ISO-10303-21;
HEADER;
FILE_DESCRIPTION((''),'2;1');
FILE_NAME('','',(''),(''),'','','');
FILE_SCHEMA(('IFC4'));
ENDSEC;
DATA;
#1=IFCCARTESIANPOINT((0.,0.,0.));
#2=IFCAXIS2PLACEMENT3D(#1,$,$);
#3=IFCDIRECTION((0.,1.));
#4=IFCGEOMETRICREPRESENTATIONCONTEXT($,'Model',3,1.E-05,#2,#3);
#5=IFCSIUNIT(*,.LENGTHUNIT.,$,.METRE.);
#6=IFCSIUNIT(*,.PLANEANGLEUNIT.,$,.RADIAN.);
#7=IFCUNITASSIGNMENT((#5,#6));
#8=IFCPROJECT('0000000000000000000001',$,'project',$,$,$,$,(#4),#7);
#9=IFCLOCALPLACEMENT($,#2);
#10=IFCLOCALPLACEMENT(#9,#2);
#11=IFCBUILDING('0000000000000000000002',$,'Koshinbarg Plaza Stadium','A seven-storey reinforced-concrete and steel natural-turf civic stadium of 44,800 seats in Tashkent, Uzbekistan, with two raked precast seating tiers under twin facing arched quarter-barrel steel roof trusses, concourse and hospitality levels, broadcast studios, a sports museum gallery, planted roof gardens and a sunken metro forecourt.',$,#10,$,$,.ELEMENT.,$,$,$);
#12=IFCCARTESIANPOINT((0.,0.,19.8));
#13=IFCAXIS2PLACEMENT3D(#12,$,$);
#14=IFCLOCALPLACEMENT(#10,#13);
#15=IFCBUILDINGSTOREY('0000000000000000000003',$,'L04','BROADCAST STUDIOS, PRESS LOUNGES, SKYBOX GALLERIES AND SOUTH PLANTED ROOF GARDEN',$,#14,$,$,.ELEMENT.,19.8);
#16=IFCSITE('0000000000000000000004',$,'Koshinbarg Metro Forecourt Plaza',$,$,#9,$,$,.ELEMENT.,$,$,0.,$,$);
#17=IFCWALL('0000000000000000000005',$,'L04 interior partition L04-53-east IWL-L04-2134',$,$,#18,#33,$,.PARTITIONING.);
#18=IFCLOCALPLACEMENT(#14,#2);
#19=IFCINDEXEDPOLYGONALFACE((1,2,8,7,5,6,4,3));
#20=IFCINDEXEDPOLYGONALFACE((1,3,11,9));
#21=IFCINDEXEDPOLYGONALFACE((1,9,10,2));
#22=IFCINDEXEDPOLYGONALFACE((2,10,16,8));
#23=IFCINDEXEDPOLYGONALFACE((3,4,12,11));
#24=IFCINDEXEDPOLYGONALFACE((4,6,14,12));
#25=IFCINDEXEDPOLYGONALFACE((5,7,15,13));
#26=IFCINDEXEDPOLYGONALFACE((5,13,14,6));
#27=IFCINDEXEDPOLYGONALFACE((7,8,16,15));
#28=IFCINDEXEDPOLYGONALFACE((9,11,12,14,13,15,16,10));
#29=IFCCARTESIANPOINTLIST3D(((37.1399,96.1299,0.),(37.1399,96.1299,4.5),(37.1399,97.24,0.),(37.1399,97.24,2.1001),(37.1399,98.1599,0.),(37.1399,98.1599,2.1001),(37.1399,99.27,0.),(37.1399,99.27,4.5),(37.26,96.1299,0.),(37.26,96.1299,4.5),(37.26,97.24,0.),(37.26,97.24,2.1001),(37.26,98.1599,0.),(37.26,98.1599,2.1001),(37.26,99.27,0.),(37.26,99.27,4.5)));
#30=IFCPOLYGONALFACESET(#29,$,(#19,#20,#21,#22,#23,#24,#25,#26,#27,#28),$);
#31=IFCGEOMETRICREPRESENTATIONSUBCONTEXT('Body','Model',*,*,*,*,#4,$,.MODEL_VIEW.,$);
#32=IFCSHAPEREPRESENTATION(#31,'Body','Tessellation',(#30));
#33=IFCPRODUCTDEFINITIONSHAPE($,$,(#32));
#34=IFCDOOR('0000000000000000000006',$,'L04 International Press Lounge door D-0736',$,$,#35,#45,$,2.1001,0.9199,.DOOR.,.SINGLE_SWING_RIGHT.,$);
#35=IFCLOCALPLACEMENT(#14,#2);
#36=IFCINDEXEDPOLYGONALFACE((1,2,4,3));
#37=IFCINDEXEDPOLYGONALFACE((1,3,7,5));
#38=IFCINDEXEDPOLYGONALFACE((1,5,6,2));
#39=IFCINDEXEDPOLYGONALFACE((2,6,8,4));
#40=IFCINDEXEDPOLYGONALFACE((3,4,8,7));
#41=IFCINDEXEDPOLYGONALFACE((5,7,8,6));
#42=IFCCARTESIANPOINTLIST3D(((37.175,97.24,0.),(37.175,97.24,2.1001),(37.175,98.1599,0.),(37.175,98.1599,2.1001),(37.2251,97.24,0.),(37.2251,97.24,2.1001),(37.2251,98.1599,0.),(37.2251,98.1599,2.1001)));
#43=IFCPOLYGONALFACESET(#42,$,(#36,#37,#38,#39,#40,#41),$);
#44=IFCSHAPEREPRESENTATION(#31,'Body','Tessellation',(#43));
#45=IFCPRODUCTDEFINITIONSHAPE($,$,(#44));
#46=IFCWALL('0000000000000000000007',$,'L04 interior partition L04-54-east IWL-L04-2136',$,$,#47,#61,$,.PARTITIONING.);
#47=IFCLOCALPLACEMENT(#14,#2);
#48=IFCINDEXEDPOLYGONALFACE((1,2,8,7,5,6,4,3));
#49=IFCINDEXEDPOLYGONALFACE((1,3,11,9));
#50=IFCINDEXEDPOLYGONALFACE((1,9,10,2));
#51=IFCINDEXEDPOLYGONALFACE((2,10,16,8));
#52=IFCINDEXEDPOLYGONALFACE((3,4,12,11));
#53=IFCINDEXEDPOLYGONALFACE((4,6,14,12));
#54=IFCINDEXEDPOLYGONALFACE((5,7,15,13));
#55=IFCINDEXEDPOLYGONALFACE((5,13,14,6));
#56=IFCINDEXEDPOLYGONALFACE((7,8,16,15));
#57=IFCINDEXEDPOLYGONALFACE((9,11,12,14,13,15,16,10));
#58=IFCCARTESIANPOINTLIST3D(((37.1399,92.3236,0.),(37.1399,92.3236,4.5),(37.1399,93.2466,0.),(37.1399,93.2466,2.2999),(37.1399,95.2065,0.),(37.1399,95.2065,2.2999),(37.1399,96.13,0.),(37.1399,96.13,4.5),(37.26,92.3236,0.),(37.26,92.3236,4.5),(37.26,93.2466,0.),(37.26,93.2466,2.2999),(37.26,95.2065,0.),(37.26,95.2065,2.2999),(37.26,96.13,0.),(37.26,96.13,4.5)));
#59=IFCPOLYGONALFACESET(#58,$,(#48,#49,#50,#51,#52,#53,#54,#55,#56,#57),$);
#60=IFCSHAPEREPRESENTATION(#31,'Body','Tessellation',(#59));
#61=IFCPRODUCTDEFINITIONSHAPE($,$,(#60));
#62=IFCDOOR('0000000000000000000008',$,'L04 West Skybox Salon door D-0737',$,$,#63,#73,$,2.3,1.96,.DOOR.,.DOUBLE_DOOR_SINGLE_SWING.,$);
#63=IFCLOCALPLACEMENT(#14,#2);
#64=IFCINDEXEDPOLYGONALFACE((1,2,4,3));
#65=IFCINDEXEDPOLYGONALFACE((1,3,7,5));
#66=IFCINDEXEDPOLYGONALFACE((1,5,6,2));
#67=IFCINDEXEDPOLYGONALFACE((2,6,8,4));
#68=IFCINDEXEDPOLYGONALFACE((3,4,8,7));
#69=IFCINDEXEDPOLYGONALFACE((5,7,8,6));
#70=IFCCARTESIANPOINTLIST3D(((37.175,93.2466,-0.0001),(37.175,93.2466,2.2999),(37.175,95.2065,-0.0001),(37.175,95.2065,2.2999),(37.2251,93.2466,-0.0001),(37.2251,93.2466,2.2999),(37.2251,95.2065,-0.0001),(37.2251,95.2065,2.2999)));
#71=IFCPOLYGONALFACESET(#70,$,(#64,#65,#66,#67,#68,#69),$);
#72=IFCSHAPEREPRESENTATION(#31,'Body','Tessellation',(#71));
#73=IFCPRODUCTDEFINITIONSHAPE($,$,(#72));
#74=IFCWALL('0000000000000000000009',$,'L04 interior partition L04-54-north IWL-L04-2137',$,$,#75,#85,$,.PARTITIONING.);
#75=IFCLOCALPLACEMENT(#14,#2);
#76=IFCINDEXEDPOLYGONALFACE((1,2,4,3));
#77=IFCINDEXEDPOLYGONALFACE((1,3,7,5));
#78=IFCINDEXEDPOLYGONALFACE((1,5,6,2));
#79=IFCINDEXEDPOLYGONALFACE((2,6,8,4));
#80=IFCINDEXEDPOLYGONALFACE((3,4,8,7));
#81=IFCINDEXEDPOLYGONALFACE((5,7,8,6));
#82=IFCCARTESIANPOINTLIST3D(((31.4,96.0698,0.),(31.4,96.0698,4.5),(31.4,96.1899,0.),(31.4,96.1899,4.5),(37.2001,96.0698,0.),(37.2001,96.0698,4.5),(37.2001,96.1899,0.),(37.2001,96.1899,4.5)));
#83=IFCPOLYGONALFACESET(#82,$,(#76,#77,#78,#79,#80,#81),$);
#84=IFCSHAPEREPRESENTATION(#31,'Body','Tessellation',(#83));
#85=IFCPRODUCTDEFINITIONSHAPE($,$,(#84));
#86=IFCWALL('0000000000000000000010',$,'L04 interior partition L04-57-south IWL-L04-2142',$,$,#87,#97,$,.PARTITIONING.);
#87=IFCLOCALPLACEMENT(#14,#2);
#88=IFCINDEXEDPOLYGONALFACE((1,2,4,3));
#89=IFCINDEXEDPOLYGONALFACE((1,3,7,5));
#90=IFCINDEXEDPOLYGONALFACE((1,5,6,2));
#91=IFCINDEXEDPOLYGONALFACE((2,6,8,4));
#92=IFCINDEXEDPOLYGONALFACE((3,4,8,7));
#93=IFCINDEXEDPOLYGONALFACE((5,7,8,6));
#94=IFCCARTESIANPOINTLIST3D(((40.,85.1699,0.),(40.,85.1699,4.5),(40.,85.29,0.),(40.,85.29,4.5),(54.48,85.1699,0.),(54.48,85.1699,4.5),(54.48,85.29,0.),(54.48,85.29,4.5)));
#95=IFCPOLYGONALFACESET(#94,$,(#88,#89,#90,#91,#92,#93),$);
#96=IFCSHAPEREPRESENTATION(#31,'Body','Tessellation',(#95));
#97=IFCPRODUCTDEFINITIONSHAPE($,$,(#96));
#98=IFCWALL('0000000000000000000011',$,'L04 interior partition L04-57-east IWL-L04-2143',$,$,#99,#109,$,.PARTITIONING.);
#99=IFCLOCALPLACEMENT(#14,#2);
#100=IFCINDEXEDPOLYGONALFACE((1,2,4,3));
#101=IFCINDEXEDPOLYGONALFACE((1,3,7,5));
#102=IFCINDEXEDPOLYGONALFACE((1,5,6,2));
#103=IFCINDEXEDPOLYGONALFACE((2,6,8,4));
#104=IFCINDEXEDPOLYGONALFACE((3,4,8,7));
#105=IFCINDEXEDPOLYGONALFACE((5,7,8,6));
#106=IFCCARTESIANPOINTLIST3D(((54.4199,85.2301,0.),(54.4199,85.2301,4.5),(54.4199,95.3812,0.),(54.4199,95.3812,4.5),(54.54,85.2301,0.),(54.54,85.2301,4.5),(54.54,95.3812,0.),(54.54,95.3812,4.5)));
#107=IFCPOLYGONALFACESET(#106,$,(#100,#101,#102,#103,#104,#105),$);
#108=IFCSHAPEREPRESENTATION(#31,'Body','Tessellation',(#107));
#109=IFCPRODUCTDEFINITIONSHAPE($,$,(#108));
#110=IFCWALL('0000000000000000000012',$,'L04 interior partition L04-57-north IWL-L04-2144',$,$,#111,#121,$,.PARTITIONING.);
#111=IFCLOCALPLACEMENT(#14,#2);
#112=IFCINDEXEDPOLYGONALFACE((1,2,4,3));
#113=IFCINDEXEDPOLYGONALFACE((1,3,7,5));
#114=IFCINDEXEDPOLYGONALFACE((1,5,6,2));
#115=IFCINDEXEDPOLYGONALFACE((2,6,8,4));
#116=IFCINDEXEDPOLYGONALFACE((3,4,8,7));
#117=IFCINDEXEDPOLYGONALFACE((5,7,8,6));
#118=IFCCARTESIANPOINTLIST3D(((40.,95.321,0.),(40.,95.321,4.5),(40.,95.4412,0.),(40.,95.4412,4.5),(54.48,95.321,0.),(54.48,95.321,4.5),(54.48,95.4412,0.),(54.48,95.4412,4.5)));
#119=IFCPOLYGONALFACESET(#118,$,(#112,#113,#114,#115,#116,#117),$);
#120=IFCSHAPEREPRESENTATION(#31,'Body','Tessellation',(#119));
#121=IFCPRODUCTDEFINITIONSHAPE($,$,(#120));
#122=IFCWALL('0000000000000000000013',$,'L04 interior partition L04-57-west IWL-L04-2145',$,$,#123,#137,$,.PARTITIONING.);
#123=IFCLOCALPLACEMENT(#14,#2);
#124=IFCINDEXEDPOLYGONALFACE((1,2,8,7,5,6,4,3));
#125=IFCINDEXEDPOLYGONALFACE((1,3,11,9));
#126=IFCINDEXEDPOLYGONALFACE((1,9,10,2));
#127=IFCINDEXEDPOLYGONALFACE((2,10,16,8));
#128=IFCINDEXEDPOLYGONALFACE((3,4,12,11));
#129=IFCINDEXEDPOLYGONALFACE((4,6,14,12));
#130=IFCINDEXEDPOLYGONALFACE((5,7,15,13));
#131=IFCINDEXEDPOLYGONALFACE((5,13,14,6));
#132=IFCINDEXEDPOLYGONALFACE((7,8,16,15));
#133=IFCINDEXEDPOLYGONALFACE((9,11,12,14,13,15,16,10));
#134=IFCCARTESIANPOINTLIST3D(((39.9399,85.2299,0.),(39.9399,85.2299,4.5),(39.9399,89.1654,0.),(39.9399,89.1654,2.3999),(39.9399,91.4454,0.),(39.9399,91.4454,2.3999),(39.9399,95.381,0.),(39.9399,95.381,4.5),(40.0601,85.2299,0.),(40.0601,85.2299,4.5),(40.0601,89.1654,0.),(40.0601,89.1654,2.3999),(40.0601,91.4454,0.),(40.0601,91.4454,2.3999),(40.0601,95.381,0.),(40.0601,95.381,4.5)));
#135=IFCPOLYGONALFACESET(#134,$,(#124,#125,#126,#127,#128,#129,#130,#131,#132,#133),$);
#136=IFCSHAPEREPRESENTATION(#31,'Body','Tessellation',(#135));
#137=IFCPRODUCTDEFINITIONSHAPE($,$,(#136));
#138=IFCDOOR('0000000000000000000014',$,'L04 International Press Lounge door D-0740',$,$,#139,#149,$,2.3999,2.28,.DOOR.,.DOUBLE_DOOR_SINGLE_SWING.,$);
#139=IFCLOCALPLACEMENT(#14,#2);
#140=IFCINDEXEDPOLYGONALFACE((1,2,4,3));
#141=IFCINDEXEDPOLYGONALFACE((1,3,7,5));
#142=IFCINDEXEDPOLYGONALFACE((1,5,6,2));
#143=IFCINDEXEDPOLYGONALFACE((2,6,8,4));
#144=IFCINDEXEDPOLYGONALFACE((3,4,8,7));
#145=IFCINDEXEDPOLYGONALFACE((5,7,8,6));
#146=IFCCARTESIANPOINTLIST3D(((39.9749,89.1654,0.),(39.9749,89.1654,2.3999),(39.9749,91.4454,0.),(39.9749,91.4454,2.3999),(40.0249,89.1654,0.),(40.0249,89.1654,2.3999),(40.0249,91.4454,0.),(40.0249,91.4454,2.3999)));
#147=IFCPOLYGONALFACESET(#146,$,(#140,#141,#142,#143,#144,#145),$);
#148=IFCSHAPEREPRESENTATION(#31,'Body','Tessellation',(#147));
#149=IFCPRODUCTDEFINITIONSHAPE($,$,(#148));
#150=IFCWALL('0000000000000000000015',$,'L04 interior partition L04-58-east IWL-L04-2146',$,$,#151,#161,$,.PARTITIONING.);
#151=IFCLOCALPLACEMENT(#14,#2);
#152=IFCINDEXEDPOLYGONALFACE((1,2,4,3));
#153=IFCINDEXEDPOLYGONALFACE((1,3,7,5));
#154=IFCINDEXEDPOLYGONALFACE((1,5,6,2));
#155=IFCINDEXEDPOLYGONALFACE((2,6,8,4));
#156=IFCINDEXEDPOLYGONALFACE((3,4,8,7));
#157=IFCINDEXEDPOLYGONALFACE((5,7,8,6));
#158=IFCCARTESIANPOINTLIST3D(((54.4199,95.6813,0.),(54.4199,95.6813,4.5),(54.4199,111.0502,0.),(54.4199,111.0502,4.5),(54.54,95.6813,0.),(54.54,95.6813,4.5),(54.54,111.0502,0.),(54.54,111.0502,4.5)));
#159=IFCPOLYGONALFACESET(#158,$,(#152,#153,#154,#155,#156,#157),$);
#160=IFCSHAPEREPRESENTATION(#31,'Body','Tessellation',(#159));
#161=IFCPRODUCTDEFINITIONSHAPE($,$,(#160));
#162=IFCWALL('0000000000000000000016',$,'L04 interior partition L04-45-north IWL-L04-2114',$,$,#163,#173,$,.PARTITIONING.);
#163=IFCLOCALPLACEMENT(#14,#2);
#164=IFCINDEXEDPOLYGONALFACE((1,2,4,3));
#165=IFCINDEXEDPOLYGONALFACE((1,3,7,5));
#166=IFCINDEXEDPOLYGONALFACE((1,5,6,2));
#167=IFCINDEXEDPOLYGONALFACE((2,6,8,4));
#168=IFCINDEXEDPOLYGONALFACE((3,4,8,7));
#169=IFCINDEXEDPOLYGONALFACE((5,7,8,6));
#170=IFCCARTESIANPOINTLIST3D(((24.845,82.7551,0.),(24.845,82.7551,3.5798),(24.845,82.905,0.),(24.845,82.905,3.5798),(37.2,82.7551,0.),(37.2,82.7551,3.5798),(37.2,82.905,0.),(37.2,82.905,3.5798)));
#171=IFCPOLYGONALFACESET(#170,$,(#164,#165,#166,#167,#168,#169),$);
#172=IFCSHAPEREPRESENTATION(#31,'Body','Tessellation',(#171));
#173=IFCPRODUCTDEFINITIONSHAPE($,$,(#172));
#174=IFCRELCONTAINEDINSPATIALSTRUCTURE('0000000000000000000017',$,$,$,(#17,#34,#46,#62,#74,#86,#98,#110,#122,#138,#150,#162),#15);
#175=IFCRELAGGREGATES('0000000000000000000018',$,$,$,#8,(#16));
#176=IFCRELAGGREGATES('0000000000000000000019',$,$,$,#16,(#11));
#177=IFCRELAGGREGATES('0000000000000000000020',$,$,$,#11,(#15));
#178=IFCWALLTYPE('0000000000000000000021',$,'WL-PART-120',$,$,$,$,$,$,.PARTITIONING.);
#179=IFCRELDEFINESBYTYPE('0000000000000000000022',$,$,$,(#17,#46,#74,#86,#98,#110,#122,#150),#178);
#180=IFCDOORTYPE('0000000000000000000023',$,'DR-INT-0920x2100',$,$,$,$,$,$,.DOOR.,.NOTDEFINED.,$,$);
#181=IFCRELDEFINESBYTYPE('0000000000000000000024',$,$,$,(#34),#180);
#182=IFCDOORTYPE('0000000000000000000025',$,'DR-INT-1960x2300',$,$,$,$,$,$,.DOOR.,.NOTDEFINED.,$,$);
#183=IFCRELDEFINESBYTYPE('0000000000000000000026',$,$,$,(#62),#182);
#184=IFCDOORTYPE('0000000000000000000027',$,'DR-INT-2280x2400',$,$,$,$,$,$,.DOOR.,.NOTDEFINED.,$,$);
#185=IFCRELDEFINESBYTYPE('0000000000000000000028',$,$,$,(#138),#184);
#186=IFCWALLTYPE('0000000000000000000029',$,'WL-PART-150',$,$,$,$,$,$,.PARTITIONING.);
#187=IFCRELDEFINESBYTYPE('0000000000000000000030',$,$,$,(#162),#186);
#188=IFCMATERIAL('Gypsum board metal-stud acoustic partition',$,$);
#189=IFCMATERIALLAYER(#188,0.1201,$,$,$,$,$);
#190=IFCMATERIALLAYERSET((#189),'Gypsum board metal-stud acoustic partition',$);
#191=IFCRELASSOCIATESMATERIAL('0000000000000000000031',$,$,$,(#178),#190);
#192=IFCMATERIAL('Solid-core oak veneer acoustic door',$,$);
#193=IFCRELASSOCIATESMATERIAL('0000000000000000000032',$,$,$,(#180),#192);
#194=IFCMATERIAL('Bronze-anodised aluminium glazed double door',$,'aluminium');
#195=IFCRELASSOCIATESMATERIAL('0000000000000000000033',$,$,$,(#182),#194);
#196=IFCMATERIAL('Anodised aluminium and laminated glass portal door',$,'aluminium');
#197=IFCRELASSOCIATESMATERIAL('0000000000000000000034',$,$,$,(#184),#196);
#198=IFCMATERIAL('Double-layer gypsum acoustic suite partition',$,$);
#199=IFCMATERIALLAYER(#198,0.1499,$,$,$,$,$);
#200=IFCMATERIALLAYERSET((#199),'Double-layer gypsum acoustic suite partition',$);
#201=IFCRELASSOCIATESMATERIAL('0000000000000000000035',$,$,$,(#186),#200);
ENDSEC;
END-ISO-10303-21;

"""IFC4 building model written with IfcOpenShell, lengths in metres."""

from ifc_helpers import new_model, si_unit, direction, frame, frame_2d, origin, place, context, subcontext, project, spatial, rectangle, extrude, material, layer, layer_set, type_object, element, fill, save


model = new_model("IFC4")

# Units and contexts
model_context = context("Model", 3, precision=1e-05, world=origin(), true_north=direction((0.0, 1.0)))
body_context = subcontext(model_context, "Body", "Model", "MODEL_VIEW")
ifc_project = project(units=[si_unit("LENGTHUNIT", "METRE"), si_unit("PLANEANGLEUNIT", "RADIAN")], contexts=[model_context])

# Site, building, storey
site_placement = place(None, origin())
site = spatial("IfcSite", under=ifc_project, at=site_placement, Name="Koshinbarg Metro Forecourt Plaza", CompositionType="ELEMENT", RefElevation=0.0)
building_placement = place(site_placement, origin())
building = spatial("IfcBuilding", under=site, at=building_placement, Name="Koshinbarg Plaza Stadium", Description="A seven-storey reinforced-concrete and steel natural-turf civic stadium of 44,800 seats in Tashkent, Uzbekistan, with two raked precast seating tiers under twin facing arched quarter-barrel steel roof trusses, concourse and hospitality levels, broadcast studios, a sports museum gallery, planted roof gardens and a sunken metro forecourt.", CompositionType="ELEMENT")
storey_placement = place(building_placement, frame((0.0, 0.0, 19.8)))
storey = spatial("IfcBuildingStorey", under=building, at=storey_placement, Name="L04", Description="BROADCAST STUDIOS, PRESS LOUNGES, SKYBOX GALLERIES AND SOUTH PLANTED ROOF GARDEN", CompositionType="ELEMENT", Elevation=19.8)

# Walls, openings, doors
ifc_material_1 = material(Name="Gypsum board metal-stud acoustic partition")
ifc_layer_1 = layer(ifc_material_1, 0.1201)
ifc_layer_set_1 = layer_set([ifc_layer_1], Name="Gypsum board metal-stud acoustic partition")
wall_type_1 = type_object("IfcWallType", Name="WL-PART-120", PredefinedType="PARTITIONING", material=ifc_layer_set_1)
wall_1_placement = place(storey_placement, frame((37.2, 96.1299, 0.0), z_axis=(0.0, 0.0, 1.0), x_axis=(0.0, 1.0, 0.0)))
wall_1 = element("IfcWall", 1, at=wall_1_placement, inside=storey, type_object=wall_type_1, Name="L04 interior partition L04-53-east IWL-L04-2134", PredefinedType="PARTITIONING", context=body_context, shape_type="SweptSolid", body=[
    extrude(rectangle(XDim=3.1401, YDim=0.1201, at=frame_2d((1.5701, 0.0))), origin(), (0.0, 0.0, 1.0), 4.5),
])
opening_1_placement = place(wall_1_placement, frame((1.1101, 0.0, 0.0)))
opening_1 = element("IfcOpeningElement", 2, at=opening_1_placement, cuts=wall_1, PredefinedType="OPENING", context=body_context, shape_type="SweptSolid", body=[
    extrude(rectangle(XDim=0.9199, YDim=2.1001, at=frame_2d((0.46, 1.05))), frame((0.0, 0.0701, 0.0), z_axis=(0.0, -1.0, 0.0), x_axis=(1.0, 0.0, 0.0)), (0.0, 0.0, 1.0), 0.1401),
])
ifc_material_2 = material(Name="Solid-core oak veneer acoustic door")
door_type_1 = type_object("IfcDoorType", Name="DR-INT-0920x2100", OperationType="NOTDEFINED", PredefinedType="DOOR", material=ifc_material_2)
door_1_placement = place(opening_1_placement, origin())
door_1 = element("IfcDoor", 3, at=door_1_placement, inside=storey, type_object=door_type_1, Name="L04 International Press Lounge door D-0736", OperationType="SINGLE_SWING_RIGHT", OverallHeight=2.1001, OverallWidth=0.9199, PredefinedType="DOOR", context=body_context, shape_type="SweptSolid", body=[
    extrude(rectangle(XDim=0.9199, YDim=2.1001, at=frame_2d((0.46, 1.05))), frame((0.0, 0.0249, 0.0), z_axis=(0.0, -1.0, 0.0), x_axis=(1.0, 0.0, 0.0)), (0.0, 0.0, 1.0), 0.05),
])
fill(opening_1, door_1)
wall_2_placement = place(storey_placement, frame((37.2, 92.3235, 0.0), z_axis=(0.0, 0.0, 1.0), x_axis=(0.0, 1.0, 0.0)))
wall_2 = element("IfcWall", 4, at=wall_2_placement, inside=storey, type_object=wall_type_1, Name="L04 interior partition L04-54-east IWL-L04-2136", PredefinedType="PARTITIONING", context=body_context, shape_type="SweptSolid", body=[
    extrude(rectangle(XDim=3.8064, YDim=0.1201, at=frame_2d((1.9033, 0.0))), origin(), (0.0, 0.0, 1.0), 4.5),
])
opening_2_placement = place(wall_2_placement, frame((0.9231, 0.0, 0.0)))
opening_2 = element("IfcOpeningElement", 5, at=opening_2_placement, cuts=wall_2, PredefinedType="OPENING", context=body_context, shape_type="SweptSolid", body=[
    extrude(rectangle(XDim=1.96, YDim=2.3, at=frame_2d((0.98, 1.1499))), frame((0.0, 0.0701, 0.0), z_axis=(0.0, -1.0, 0.0), x_axis=(1.0, 0.0, 0.0)), (0.0, 0.0, 1.0), 0.1401),
])
ifc_material_3 = material(Name="Bronze-anodised aluminium glazed double door", Category="aluminium")
door_type_2 = type_object("IfcDoorType", Name="DR-INT-1960x2300", OperationType="NOTDEFINED", PredefinedType="DOOR", material=ifc_material_3)
door_2_placement = place(opening_2_placement, origin())
door_2 = element("IfcDoor", 6, at=door_2_placement, inside=storey, type_object=door_type_2, Name="L04 West Skybox Salon door D-0737", OperationType="DOUBLE_DOOR_SINGLE_SWING", OverallHeight=2.3, OverallWidth=1.96, PredefinedType="DOOR", context=body_context, shape_type="SweptSolid", body=[
    extrude(rectangle(XDim=1.96, YDim=2.3, at=frame_2d((0.98, 1.1499))), frame((0.0, 0.0249, 0.0), z_axis=(0.0, -1.0, 0.0), x_axis=(1.0, 0.0, 0.0)), (0.0, 0.0, 1.0), 0.05),
])
fill(opening_2, door_2)

# Walls
wall_3_placement = place(storey_placement, frame((37.2, 96.1299, 0.0), z_axis=(0.0, 0.0, 1.0), x_axis=(-1.0, 0.0, 0.0)))
element("IfcWall", 7, at=wall_3_placement, inside=storey, type_object=wall_type_1, Name="L04 interior partition L04-54-north IWL-L04-2137", PredefinedType="PARTITIONING", context=body_context, shape_type="SweptSolid", body=[
    extrude(rectangle(XDim=5.8, YDim=0.1201, at=frame_2d((2.8999, 0.0))), origin(), (0.0, 0.0, 1.0), 4.5),
])
wall_4_placement = place(storey_placement, frame((40.0, 85.23, 0.0), z_axis=(0.0, 0.0, 1.0), x_axis=(1.0, 0.0, 0.0)))
element("IfcWall", 8, at=wall_4_placement, inside=storey, type_object=wall_type_1, Name="L04 interior partition L04-57-south IWL-L04-2142", PredefinedType="PARTITIONING", context=body_context, shape_type="SweptSolid", body=[
    extrude(rectangle(XDim=14.48, YDim=0.1201, at=frame_2d((7.24, 0.0))), origin(), (0.0, 0.0, 1.0), 4.5),
])
wall_5_placement = place(storey_placement, frame((54.48, 85.23, 0.0), z_axis=(0.0, 0.0, 1.0), x_axis=(0.0, 1.0, 0.0)))
element("IfcWall", 9, at=wall_5_placement, inside=storey, type_object=wall_type_1, Name="L04 interior partition L04-57-east IWL-L04-2143", PredefinedType="PARTITIONING", context=body_context, shape_type="SweptSolid", body=[
    extrude(rectangle(XDim=10.1511, YDim=0.1201, at=frame_2d((5.0757, 0.0))), origin(), (0.0, 0.0, 1.0), 4.5),
])
wall_6_placement = place(storey_placement, frame((54.48, 95.3811, 0.0), z_axis=(0.0, 0.0, 1.0), x_axis=(-1.0, 0.0, 0.0)))
element("IfcWall", 10, at=wall_6_placement, inside=storey, type_object=wall_type_1, Name="L04 interior partition L04-57-north IWL-L04-2144", PredefinedType="PARTITIONING", context=body_context, shape_type="SweptSolid", body=[
    extrude(rectangle(XDim=14.48, YDim=0.1201, at=frame_2d((7.24, 0.0))), origin(), (0.0, 0.0, 1.0), 4.5),
])

# Wall, opening, door
wall_7_placement = place(storey_placement, frame((40.0, 95.3811, 0.0), z_axis=(0.0, 0.0, 1.0), x_axis=(0.0, -1.0, 0.0)))
wall_7 = element("IfcWall", 11, at=wall_7_placement, inside=storey, type_object=wall_type_1, Name="L04 interior partition L04-57-west IWL-L04-2145", PredefinedType="PARTITIONING", context=body_context, shape_type="SweptSolid", body=[
    extrude(rectangle(XDim=10.1511, YDim=0.1201, at=frame_2d((5.0757, 0.0))), origin(), (0.0, 0.0, 1.0), 4.5),
])
opening_3_placement = place(wall_7_placement, frame((3.9355, 0.0, 0.0)))
opening_3 = element("IfcOpeningElement", 12, at=opening_3_placement, cuts=wall_7, PredefinedType="OPENING", context=body_context, shape_type="SweptSolid", body=[
    extrude(rectangle(XDim=2.28, YDim=2.3999, at=frame_2d((1.1401, 1.2))), frame((0.0, 0.0701, 0.0), z_axis=(0.0, -1.0, 0.0), x_axis=(1.0, 0.0, 0.0)), (0.0, 0.0, 1.0), 0.1401),
])
ifc_material_4 = material(Name="Anodised aluminium and laminated glass portal door", Category="aluminium")
door_type_3 = type_object("IfcDoorType", Name="DR-INT-2280x2400", OperationType="NOTDEFINED", PredefinedType="DOOR", material=ifc_material_4)
door_3_placement = place(opening_3_placement, origin())
door_3 = element("IfcDoor", 13, at=door_3_placement, inside=storey, type_object=door_type_3, Name="L04 International Press Lounge door D-0740", OperationType="DOUBLE_DOOR_SINGLE_SWING", OverallHeight=2.3999, OverallWidth=2.28, PredefinedType="DOOR", context=body_context, shape_type="SweptSolid", body=[
    extrude(rectangle(XDim=2.28, YDim=2.3999, at=frame_2d((1.1401, 1.2))), frame((0.0, 0.0249, 0.0), z_axis=(0.0, -1.0, 0.0), x_axis=(1.0, 0.0, 0.0)), (0.0, 0.0, 1.0), 0.05),
])
fill(opening_3, door_3)

# Walls
wall_8_placement = place(storey_placement, frame((54.48, 95.6812, 0.0), z_axis=(0.0, 0.0, 1.0), x_axis=(0.0, 1.0, 0.0)))
element("IfcWall", 14, at=wall_8_placement, inside=storey, type_object=wall_type_1, Name="L04 interior partition L04-58-east IWL-L04-2146", PredefinedType="PARTITIONING", context=body_context, shape_type="SweptSolid", body=[
    extrude(rectangle(XDim=15.3689, YDim=0.1201, at=frame_2d((7.6846, 0.0))), origin(), (0.0, 0.0, 1.0), 4.5),
])
ifc_material_5 = material(Name="Double-layer gypsum acoustic suite partition")
ifc_layer_2 = layer(ifc_material_5, 0.1499)
ifc_layer_set_2 = layer_set([ifc_layer_2], Name="Double-layer gypsum acoustic suite partition")
wall_type_2 = type_object("IfcWallType", Name="WL-PART-150", PredefinedType="PARTITIONING", material=ifc_layer_set_2)
wall_9_placement = place(storey_placement, frame((37.2, 82.8301, 0.0), z_axis=(0.0, 0.0, 1.0), x_axis=(-1.0, 0.0, 0.0)))
element("IfcWall", 15, at=wall_9_placement, inside=storey, type_object=wall_type_2, Name="L04 interior partition L04-45-north IWL-L04-2114", PredefinedType="PARTITIONING", context=body_context, shape_type="SweptSolid", body=[
    extrude(rectangle(XDim=12.355, YDim=0.1499, at=frame_2d((6.1775, 0.0))), origin(), (0.0, 0.0, 1.0), 3.5798),
])

save(model, "model.ifc")
